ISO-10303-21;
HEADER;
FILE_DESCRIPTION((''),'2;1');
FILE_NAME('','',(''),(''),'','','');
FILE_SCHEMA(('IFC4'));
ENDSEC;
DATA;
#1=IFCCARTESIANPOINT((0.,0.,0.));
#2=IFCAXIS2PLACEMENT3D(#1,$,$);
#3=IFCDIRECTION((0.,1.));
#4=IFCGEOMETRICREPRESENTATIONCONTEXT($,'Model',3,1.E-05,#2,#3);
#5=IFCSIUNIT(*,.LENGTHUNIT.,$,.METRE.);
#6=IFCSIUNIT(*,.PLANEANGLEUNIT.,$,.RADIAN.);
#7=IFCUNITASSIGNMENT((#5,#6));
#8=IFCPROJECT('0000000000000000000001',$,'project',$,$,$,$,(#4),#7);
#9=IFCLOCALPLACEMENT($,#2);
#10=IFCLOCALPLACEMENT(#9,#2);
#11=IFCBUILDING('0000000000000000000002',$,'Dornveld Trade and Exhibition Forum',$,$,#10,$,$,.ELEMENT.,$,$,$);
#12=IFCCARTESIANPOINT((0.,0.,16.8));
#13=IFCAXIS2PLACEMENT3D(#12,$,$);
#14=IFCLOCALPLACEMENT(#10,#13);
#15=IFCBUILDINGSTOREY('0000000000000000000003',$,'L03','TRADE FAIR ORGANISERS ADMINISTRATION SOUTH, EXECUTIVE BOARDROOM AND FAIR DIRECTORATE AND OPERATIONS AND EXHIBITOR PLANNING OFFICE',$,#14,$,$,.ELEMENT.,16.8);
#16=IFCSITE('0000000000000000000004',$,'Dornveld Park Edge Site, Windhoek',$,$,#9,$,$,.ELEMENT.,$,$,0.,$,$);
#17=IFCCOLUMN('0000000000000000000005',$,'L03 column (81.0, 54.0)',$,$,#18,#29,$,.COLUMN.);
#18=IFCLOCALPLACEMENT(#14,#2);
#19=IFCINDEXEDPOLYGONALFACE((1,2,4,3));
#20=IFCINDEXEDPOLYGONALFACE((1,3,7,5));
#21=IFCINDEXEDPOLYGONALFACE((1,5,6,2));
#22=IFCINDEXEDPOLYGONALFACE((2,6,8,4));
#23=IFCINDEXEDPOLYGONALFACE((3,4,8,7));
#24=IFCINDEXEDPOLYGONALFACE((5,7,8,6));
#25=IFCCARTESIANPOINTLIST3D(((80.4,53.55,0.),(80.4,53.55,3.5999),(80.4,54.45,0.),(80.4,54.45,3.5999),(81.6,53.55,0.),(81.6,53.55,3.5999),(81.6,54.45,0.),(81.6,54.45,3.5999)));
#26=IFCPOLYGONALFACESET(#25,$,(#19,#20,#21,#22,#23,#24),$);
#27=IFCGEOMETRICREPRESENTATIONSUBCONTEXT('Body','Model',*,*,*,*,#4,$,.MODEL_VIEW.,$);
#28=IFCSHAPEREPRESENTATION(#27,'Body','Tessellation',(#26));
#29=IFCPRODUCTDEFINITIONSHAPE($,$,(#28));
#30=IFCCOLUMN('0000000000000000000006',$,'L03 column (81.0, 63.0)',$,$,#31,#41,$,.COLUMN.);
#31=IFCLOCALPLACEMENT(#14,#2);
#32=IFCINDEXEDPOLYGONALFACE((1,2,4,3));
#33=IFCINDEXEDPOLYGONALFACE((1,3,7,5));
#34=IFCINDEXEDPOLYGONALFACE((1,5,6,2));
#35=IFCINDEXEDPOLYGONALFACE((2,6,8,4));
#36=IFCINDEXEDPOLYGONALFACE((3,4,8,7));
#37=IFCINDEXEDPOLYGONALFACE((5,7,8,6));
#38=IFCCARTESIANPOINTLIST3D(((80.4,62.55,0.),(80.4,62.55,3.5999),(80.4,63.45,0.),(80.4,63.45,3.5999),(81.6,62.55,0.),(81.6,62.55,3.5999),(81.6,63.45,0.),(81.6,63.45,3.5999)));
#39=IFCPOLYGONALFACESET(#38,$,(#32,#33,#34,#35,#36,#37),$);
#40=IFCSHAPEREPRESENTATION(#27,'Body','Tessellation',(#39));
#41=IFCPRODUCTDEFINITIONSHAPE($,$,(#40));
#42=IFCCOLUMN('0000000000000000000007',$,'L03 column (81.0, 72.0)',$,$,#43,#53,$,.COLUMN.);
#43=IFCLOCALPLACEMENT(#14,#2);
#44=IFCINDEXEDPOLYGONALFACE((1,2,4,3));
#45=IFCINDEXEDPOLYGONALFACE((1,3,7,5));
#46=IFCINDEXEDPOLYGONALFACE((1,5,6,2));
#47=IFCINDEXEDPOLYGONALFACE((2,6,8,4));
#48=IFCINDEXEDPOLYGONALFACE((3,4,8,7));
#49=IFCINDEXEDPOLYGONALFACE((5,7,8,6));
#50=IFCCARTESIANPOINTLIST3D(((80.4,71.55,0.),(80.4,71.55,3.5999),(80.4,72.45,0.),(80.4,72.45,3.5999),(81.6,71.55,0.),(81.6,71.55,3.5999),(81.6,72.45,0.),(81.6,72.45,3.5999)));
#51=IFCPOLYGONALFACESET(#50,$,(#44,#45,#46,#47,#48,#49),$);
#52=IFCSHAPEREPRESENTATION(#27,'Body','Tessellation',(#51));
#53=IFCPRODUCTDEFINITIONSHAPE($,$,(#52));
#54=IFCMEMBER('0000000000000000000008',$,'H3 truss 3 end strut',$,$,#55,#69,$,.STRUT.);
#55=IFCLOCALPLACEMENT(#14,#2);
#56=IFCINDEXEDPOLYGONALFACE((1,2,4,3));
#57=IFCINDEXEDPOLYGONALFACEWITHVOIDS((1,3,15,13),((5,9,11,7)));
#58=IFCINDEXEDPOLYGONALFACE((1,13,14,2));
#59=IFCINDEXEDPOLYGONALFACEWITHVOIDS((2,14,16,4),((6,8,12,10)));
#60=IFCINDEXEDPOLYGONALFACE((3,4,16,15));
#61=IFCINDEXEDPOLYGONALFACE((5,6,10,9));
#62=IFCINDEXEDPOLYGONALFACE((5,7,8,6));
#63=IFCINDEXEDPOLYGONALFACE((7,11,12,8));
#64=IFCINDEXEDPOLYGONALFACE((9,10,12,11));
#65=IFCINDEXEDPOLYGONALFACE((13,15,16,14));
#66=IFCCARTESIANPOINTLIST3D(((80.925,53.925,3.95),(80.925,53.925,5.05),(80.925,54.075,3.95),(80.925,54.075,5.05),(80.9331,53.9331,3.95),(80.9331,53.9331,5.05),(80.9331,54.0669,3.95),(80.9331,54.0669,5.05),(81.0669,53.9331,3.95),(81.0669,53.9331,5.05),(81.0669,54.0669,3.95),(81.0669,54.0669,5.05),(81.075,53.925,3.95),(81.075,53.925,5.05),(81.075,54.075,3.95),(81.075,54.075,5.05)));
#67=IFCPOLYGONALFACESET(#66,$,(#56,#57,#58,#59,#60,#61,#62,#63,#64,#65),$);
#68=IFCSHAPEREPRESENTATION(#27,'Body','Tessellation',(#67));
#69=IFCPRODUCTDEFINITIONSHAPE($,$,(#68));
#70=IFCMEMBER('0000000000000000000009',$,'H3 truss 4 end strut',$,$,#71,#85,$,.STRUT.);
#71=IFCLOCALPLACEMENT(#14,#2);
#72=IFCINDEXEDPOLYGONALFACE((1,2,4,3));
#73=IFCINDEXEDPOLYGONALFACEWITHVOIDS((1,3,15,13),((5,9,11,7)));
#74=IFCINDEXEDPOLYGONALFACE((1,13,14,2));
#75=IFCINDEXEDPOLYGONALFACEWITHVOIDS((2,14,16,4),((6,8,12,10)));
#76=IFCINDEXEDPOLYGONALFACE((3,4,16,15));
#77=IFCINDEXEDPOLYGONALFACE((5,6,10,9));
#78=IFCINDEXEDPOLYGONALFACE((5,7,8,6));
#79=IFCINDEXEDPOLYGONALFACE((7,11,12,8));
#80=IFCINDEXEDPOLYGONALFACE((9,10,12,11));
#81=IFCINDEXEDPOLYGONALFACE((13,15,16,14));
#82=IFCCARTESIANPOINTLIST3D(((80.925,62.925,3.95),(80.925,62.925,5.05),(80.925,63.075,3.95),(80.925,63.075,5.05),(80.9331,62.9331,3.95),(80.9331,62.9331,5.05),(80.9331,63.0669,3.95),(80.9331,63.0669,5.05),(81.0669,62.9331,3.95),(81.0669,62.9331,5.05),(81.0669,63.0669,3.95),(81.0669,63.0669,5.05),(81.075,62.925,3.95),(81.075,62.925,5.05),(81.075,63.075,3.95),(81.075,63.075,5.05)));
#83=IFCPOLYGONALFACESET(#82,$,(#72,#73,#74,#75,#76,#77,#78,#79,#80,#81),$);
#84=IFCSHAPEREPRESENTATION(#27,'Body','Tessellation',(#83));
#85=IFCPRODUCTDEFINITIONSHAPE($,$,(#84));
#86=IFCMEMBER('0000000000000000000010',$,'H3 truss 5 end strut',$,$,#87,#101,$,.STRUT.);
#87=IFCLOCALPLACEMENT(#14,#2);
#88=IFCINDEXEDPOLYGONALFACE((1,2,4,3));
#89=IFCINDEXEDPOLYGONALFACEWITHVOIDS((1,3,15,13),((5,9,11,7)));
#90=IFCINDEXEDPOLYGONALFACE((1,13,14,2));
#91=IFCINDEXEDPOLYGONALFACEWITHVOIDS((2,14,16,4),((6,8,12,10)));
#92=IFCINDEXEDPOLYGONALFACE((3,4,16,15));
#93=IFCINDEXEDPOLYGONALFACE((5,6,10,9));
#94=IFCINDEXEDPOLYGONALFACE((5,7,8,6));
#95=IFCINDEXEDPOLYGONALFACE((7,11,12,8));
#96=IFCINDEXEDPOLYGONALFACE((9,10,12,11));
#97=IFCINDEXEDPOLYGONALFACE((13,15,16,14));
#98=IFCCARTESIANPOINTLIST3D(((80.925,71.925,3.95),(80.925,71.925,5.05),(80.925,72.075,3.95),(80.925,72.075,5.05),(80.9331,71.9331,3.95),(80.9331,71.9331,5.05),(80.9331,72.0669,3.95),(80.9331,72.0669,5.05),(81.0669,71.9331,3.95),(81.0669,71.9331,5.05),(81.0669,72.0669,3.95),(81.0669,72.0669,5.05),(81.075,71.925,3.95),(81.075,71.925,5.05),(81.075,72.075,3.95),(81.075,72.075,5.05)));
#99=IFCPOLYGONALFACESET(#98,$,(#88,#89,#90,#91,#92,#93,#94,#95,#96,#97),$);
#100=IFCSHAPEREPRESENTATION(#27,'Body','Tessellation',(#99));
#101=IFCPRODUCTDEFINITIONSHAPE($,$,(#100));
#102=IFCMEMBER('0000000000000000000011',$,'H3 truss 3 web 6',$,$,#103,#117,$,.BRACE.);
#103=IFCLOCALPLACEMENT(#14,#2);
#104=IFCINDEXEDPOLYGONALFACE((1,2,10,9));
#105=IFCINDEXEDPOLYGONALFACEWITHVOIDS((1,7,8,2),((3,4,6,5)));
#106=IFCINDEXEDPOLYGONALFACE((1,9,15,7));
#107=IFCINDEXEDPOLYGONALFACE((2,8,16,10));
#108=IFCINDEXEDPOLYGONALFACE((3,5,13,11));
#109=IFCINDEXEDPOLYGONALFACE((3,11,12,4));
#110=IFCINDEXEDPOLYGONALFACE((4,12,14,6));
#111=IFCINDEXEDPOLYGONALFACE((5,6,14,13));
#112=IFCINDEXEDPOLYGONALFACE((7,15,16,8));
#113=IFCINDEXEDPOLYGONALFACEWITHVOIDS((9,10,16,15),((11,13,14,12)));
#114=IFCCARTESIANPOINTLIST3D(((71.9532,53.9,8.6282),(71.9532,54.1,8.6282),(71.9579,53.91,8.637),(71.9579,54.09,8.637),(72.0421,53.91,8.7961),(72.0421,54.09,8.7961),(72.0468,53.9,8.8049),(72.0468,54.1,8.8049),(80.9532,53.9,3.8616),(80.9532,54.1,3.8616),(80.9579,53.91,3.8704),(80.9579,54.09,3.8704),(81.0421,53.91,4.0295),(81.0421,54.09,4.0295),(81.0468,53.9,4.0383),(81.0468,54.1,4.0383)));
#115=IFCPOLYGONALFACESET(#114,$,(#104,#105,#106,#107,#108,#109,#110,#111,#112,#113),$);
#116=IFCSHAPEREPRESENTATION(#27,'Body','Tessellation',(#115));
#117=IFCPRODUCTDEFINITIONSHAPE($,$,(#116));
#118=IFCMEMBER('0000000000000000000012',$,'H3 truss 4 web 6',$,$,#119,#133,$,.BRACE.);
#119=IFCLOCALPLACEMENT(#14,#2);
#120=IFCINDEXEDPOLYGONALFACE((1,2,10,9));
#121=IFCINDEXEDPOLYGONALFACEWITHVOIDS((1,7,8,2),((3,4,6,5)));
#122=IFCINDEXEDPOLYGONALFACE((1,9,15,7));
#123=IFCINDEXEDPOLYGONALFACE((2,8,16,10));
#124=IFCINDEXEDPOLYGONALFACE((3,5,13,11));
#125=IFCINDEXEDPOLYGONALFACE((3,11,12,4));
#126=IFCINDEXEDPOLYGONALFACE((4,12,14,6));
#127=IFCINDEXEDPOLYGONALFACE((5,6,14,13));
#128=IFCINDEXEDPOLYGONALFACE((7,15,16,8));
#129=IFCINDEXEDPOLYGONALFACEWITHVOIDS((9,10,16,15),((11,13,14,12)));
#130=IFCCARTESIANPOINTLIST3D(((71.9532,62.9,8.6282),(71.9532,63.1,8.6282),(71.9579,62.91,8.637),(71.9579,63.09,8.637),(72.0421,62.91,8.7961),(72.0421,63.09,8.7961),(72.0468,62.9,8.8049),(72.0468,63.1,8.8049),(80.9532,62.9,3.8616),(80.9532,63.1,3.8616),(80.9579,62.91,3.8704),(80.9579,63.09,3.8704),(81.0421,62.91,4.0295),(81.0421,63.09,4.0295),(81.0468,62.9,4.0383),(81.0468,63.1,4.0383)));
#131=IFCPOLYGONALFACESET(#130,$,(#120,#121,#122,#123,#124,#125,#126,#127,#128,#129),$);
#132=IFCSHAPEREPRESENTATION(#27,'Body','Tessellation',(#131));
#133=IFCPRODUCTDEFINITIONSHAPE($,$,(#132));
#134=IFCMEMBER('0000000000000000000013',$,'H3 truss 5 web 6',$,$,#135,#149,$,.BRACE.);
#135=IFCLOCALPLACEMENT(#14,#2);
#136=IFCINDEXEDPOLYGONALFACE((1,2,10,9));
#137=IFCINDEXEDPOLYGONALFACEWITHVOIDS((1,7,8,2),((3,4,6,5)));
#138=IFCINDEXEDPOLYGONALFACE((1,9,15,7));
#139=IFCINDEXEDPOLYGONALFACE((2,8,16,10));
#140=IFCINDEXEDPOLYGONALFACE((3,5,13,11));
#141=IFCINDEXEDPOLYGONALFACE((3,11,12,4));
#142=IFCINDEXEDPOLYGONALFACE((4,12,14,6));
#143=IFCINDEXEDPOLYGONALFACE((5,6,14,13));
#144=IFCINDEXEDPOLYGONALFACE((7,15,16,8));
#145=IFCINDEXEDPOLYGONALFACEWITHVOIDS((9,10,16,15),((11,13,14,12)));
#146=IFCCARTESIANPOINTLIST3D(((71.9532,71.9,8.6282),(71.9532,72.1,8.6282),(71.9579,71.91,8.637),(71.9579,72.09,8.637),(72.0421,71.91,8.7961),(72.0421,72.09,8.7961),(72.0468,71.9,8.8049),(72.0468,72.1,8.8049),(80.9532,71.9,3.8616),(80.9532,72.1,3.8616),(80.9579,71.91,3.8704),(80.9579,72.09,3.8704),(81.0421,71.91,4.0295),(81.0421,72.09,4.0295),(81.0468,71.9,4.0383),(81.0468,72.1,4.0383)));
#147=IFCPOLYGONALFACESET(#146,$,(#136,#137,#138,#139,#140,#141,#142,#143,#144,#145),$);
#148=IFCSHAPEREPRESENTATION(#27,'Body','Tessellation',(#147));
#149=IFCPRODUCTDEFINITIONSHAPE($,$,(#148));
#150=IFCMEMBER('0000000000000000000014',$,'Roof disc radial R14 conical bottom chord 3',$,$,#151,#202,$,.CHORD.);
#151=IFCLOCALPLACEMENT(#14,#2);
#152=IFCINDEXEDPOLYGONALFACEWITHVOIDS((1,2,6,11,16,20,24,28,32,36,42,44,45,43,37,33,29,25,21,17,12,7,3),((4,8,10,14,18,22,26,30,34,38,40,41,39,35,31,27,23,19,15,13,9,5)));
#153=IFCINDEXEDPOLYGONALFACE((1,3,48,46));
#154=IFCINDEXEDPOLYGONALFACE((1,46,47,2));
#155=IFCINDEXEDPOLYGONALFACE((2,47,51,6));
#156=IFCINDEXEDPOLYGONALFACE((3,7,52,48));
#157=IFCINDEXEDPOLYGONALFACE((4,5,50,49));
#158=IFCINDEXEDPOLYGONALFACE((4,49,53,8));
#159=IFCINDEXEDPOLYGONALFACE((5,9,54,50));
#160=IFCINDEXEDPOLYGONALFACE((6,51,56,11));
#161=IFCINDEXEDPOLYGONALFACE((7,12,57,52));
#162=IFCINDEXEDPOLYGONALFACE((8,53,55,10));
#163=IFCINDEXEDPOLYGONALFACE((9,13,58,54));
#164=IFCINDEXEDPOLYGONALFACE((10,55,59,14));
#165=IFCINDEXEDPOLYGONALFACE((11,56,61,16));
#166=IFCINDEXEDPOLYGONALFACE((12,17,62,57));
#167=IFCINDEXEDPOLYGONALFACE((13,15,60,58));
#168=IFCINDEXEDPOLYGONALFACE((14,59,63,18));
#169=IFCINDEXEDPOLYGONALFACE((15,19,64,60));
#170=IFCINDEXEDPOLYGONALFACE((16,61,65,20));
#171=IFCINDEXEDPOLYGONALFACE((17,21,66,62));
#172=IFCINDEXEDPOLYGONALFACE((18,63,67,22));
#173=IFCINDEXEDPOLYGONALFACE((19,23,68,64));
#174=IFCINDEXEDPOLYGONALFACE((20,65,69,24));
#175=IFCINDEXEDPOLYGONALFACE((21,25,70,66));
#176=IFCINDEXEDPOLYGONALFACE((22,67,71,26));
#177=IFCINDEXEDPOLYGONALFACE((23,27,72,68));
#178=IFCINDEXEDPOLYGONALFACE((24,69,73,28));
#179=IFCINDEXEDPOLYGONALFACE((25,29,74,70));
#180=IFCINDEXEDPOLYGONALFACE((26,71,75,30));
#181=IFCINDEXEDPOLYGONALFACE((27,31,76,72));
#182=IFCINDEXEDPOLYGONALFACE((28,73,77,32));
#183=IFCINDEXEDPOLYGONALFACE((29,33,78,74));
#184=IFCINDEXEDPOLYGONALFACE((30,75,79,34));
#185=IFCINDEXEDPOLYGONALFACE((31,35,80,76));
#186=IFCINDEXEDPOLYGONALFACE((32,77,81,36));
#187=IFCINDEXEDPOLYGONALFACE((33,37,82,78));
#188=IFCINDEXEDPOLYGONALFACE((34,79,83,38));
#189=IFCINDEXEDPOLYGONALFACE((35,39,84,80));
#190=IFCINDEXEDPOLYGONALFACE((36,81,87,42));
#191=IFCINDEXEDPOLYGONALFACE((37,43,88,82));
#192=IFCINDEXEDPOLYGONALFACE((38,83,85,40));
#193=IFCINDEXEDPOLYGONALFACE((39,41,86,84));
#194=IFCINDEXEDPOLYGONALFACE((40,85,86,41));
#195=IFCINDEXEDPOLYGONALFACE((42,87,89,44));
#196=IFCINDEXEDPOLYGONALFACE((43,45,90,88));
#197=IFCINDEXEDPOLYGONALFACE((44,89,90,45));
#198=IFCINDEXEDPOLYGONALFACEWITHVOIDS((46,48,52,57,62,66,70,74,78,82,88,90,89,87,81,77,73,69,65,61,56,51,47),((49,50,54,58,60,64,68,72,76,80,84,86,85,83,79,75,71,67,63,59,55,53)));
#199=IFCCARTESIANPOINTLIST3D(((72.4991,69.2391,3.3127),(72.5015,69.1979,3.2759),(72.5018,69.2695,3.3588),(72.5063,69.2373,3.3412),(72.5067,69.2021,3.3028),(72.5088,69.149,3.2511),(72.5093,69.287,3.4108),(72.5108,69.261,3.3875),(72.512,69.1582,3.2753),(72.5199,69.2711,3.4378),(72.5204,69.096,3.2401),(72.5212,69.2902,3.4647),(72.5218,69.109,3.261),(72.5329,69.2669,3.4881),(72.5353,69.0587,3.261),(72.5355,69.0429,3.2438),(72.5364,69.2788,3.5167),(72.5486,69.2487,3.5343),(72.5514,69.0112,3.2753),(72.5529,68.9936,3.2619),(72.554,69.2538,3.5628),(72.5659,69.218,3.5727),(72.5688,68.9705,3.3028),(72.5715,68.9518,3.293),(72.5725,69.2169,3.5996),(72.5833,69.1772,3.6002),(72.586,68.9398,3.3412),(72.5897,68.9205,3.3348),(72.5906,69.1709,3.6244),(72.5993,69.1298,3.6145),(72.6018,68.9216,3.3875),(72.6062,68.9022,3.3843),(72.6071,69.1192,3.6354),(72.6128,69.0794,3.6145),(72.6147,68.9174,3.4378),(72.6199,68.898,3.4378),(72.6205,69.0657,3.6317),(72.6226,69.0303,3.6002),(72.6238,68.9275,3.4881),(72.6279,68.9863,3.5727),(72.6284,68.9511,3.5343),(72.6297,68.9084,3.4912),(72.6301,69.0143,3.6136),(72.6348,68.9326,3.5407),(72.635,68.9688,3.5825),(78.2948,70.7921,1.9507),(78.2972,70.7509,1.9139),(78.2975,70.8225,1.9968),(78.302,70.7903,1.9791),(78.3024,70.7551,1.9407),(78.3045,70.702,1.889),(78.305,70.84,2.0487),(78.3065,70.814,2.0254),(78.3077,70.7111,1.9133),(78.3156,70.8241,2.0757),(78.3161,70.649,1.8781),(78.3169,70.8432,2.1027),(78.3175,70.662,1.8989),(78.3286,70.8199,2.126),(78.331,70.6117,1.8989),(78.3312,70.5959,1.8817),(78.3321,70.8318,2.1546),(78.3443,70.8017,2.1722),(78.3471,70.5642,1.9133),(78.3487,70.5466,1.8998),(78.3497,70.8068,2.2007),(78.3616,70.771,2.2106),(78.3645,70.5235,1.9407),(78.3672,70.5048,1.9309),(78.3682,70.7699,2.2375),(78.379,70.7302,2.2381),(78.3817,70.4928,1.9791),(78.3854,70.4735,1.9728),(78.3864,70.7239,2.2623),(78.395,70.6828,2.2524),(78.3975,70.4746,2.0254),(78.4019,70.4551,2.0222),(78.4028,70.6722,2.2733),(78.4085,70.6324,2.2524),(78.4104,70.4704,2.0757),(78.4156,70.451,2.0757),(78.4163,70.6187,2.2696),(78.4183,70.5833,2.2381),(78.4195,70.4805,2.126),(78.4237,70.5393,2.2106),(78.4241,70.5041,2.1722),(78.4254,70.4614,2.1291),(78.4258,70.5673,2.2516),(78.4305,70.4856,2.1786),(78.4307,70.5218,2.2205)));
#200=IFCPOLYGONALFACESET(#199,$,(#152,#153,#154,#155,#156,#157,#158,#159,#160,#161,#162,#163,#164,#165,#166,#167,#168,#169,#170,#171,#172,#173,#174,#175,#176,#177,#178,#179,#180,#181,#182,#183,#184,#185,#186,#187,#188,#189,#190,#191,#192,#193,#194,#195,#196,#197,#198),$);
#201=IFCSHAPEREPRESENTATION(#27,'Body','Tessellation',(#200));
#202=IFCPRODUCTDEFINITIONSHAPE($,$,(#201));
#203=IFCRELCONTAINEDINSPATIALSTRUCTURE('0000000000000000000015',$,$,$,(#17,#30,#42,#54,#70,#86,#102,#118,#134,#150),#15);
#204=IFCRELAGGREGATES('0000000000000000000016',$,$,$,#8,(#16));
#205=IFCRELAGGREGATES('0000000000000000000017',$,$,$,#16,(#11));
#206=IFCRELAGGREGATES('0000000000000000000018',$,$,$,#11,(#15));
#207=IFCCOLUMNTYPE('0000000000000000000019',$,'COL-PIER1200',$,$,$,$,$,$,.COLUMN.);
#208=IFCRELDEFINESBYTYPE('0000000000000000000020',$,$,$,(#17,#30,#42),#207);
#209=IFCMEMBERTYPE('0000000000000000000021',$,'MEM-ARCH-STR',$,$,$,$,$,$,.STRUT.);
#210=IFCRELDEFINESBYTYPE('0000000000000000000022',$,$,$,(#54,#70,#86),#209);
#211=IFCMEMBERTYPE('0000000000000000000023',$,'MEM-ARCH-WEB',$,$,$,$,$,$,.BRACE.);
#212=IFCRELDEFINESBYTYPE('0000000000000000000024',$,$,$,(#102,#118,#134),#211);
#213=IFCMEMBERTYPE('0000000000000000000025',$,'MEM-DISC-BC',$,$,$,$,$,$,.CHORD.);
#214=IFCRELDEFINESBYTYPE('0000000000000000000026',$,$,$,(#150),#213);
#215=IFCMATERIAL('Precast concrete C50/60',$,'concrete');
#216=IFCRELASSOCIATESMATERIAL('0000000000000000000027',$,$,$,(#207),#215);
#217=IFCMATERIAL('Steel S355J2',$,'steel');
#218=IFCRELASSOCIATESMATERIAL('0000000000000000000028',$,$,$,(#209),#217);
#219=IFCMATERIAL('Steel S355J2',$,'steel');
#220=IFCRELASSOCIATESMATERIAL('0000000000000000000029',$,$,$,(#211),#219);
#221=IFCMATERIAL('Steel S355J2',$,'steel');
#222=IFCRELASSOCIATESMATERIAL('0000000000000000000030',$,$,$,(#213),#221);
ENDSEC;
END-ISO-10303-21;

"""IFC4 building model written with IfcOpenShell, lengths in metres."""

from ifc_helpers import new_model, si_unit, direction, frame, origin, origin_2d, place, context, subcontext, project, spatial, rectangle, hollow_rectangle, hollow_circle, extrude, material, material_profile, profile_set, type_object, element, save


model = new_model("IFC4")

# Units and contexts
model_context = context("Model", 3, precision=1e-05, world=origin(), true_north=direction((0.0, 1.0)))
body_context = subcontext(model_context, "Body", "Model", "MODEL_VIEW")
ifc_project = project(units=[si_unit("LENGTHUNIT", "METRE"), si_unit("PLANEANGLEUNIT", "RADIAN")], contexts=[model_context])

# Site, building, storey
site_placement = place(None, origin())
site = spatial("IfcSite", under=ifc_project, at=site_placement, Name="Dornveld Park Edge Site, Windhoek", CompositionType="ELEMENT", RefElevation=0.0)
building_placement = place(site_placement, origin())
building = spatial("IfcBuilding", under=site, at=building_placement, Name="Dornveld Trade and Exhibition Forum", CompositionType="ELEMENT")
storey_placement = place(building_placement, frame((0.0, 0.0, 16.8)))
storey = spatial("IfcBuildingStorey", under=building, at=storey_placement, Name="L03", Description="TRADE FAIR ORGANISERS ADMINISTRATION SOUTH, EXECUTIVE BOARDROOM AND FAIR DIRECTORATE AND OPERATIONS AND EXHIBITOR PLANNING OFFICE", CompositionType="ELEMENT", Elevation=16.8)

# Columns
ifc_material_1 = material(Name="Precast concrete C50/60", Category="concrete")
ifc_material_profile_1 = material_profile(ifc_material_1, rectangle(XDim=1.2, YDim=0.8999, at=origin_2d()), Name="PC-PIER 1200x900")
ifc_profile_set_1 = profile_set([ifc_material_profile_1], Name="Precast concrete C50/60")
column_type = type_object("IfcColumnType", Name="COL-PIER1200", PredefinedType="COLUMN", material=ifc_profile_set_1)
for number, where, z_axis, x_axis, name in (
    (1, (81.0, 54.0, 0.0), (0.0, 0.0, 1.0), (1.0, 0.0, 0.0), "L03 column (81.0, 54.0)"),
    (2, (81.0, 63.0, 0.0), (0.0, 0.0, 1.0), (1.0, 0.0, 0.0), "L03 column (81.0, 63.0)"),
    (3, (81.0, 72.0, 0.0), (0.0, 0.0, 1.0), (1.0, 0.0, 0.0), "L03 column (81.0, 72.0)"),
):
    element("IfcColumn", number, at=place(storey_placement, frame(where, z_axis=z_axis, x_axis=x_axis)), inside=storey, type_object=column_type, Name=name, PredefinedType="COLUMN", context=body_context, shape_type="SweptSolid", body=[
        extrude(rectangle(XDim=1.2, YDim=0.8999, at=origin_2d()), origin(), (0.0, 0.0, 1.0), 3.5999),
    ])

# Members
ifc_material_2 = material(Name="Steel S355J2", Category="steel")
ifc_material_profile_2 = material_profile(ifc_material_2, hollow_rectangle(XDim=0.1499, YDim=0.1499, WallThickness=0.0081, at=origin_2d()), Name="SHS 150x150x8")
ifc_profile_set_2 = profile_set([ifc_material_profile_2], Name="Steel S355J2")
member_type_1 = type_object("IfcMemberType", Name="MEM-ARCH-STR", PredefinedType="STRUT", material=ifc_profile_set_2)
for number, where, z_axis, x_axis, name in (
    (4, (81.0, 54.0, 3.95), (0.0, 0.0, 1.0), (1.0, 0.0, 0.0), "H3 truss 3 end strut"),
    (5, (81.0, 63.0, 3.95), (0.0, 0.0, 1.0), (1.0, 0.0, 0.0), "H3 truss 4 end strut"),
    (6, (81.0, 72.0, 3.95), (0.0, 0.0, 1.0), (1.0, 0.0, 0.0), "H3 truss 5 end strut"),
):
    element("IfcMember", number, at=place(storey_placement, frame(where, z_axis=z_axis, x_axis=x_axis)), inside=storey, type_object=member_type_1, Name=name, PredefinedType="STRUT", context=body_context, shape_type="SweptSolid", body=[
        extrude(hollow_rectangle(XDim=0.1499, YDim=0.1499, WallThickness=0.0081, at=origin_2d()), origin(), (0.0, 0.0, 1.0), 1.1001),
    ])
ifc_material_3 = material(Name="Steel S355J2", Category="steel")
ifc_material_profile_3 = material_profile(ifc_material_3, hollow_rectangle(XDim=0.2, YDim=0.2, WallThickness=0.01, at=origin_2d()), Name="SHS 200x200x10")
ifc_profile_set_3 = profile_set([ifc_material_profile_3], Name="Steel S355J2")
member_type_2 = type_object("IfcMemberType", Name="MEM-ARCH-WEB", PredefinedType="BRACE", material=ifc_profile_set_3)
for number, where, z_axis, x_axis, name in (
    (7, (81.0, 54.0, 3.95), (-0.883711, 0.0, 0.468033), (0.0, -1.0, 0.0), "H3 truss 3 web 6"),
    (8, (81.0, 63.0, 3.95), (-0.883711, 0.0, 0.468033), (0.0, -1.0, 0.0), "H3 truss 4 web 6"),
    (9, (81.0, 72.0, 3.95), (-0.883711, 0.0, 0.468033), (0.0, -1.0, 0.0), "H3 truss 5 web 6"),
):
    element("IfcMember", number, at=place(storey_placement, frame(where, z_axis=z_axis, x_axis=x_axis)), inside=storey, type_object=member_type_2, Name=name, PredefinedType="BRACE", context=body_context, shape_type="SweptSolid", body=[
        extrude(hollow_rectangle(XDim=0.2, YDim=0.2, WallThickness=0.01, at=origin_2d()), origin(), (0.0, 0.0, 1.0), 10.1843),
    ])
ifc_material_4 = material(Name="Steel S355J2", Category="steel")
ifc_material_profile_4 = material_profile(ifc_material_4, hollow_circle(Radius=0.2031, WallThickness=0.02, at=origin_2d()), Name="CHS 406.4x20")
ifc_profile_set_4 = profile_set([ifc_material_profile_4], Name="Steel S355J2")
member_type_3 = type_object("IfcMemberType", Name="MEM-DISC-BC", PredefinedType="CHORD", material=ifc_profile_set_4)
member_1_placement = place(storey_placement, frame((78.363, 70.6472, 2.0757), z_axis=(-0.941959, -0.252403, 0.221374), x_axis=(0.258825, -0.965924, 0.0)))
element("IfcMember", 10, at=member_1_placement, inside=storey, type_object=member_type_3, Name="Roof disc radial R14 conical bottom chord 3", PredefinedType="CHORD", context=body_context, shape_type="SweptSolid", body=[
    extrude(hollow_circle(Radius=0.2031, WallThickness=0.02, at=origin_2d()), origin(), (0.0, 0.0, 1.0), 6.1528),
])

save(model, "model.ifc")
